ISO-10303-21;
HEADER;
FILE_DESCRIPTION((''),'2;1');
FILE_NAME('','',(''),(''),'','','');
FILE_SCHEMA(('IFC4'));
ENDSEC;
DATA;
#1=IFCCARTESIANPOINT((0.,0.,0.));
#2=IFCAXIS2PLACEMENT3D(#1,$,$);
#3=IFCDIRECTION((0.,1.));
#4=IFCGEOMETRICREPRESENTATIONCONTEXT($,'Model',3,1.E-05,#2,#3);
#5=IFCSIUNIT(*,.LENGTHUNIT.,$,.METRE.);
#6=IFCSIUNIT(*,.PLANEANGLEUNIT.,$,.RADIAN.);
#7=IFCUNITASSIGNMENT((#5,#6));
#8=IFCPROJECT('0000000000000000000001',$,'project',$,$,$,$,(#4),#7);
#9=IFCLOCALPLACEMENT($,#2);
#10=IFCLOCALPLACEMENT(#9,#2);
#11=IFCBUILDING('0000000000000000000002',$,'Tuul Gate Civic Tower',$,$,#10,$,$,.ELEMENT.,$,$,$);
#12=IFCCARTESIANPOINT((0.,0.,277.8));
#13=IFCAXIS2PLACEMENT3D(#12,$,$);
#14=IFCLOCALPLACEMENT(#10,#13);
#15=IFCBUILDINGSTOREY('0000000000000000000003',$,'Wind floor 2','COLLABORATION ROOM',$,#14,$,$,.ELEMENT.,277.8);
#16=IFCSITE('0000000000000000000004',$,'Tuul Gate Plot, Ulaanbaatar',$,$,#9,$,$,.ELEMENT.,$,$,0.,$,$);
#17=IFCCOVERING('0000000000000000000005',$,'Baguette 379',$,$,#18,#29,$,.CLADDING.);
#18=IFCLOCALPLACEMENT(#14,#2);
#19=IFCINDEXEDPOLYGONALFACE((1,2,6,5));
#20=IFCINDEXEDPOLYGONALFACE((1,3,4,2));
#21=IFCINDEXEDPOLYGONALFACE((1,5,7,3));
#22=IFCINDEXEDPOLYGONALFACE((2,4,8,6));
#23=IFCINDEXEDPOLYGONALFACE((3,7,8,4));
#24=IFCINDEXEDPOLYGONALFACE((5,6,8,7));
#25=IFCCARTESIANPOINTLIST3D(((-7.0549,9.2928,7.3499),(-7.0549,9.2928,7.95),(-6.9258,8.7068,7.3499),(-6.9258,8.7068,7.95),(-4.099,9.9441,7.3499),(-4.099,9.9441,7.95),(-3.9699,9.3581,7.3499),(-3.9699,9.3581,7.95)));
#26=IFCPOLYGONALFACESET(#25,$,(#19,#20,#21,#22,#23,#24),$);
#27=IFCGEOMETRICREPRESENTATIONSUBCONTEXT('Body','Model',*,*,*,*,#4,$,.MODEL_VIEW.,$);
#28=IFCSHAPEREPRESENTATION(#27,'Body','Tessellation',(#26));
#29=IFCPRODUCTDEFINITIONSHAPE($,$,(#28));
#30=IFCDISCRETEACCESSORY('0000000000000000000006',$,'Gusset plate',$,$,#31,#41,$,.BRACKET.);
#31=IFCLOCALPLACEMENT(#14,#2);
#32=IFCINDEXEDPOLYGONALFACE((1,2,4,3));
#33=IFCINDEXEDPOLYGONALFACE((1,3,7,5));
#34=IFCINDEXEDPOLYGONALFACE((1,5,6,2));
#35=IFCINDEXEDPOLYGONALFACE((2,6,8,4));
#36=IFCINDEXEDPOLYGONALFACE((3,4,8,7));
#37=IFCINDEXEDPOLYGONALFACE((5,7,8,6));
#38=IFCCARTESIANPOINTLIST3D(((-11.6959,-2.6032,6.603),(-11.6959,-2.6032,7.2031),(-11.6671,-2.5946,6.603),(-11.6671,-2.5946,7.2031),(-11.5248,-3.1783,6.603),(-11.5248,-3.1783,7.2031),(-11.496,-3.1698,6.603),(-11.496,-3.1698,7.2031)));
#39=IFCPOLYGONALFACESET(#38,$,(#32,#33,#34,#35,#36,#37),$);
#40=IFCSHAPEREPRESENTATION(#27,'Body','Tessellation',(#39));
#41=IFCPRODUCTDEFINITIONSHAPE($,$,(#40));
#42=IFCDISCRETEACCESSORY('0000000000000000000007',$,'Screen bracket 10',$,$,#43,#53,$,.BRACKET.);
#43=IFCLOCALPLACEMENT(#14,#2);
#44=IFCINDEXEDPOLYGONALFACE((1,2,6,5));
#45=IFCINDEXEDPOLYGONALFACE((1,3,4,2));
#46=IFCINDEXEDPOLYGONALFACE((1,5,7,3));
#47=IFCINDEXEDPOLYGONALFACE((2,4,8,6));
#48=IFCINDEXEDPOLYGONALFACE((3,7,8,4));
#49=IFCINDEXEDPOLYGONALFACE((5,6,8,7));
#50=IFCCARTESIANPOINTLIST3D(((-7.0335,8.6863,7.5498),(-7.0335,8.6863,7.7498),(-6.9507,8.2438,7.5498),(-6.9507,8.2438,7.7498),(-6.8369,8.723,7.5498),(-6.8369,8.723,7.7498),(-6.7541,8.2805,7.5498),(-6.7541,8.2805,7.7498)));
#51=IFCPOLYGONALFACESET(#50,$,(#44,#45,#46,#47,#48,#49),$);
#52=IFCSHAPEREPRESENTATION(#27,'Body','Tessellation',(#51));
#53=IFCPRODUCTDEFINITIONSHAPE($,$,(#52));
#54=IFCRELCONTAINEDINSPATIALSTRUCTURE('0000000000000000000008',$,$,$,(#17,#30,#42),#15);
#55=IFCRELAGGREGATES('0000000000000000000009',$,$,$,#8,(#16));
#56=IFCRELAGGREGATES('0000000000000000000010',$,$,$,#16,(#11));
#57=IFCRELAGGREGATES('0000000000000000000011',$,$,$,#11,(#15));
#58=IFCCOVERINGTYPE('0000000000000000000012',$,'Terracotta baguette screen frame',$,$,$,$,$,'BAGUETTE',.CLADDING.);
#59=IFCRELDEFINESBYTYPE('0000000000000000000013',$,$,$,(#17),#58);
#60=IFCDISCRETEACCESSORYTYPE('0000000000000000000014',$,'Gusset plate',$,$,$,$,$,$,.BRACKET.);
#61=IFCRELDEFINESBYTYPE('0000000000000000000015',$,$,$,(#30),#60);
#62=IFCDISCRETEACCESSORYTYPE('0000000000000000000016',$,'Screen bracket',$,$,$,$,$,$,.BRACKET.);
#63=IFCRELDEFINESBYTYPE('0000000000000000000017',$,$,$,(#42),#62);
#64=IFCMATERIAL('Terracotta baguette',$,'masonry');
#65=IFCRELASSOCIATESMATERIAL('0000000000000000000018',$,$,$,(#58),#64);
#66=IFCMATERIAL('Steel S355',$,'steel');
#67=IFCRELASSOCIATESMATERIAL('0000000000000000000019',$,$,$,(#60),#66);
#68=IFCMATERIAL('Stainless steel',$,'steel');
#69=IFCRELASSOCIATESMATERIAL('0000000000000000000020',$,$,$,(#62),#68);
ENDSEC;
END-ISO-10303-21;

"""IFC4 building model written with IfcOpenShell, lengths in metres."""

from ifc_helpers import new_model, si_unit, direction, frame, origin, origin_2d, place, context, subcontext, project, spatial, rectangle, extrude, material, material_profile, profile_set, type_object, element, save


model = new_model("IFC4")

# Units and contexts
model_context = context("Model", 3, precision=1e-05, world=origin(), true_north=direction((0.0, 1.0)))
body_context = subcontext(model_context, "Body", "Model", "MODEL_VIEW")
ifc_project = project(units=[si_unit("LENGTHUNIT", "METRE"), si_unit("PLANEANGLEUNIT", "RADIAN")], contexts=[model_context])

# Site, building, storey
site_placement = place(None, origin())
site = spatial("IfcSite", under=ifc_project, at=site_placement, Name="Tuul Gate Plot, Ulaanbaatar", CompositionType="ELEMENT", RefElevation=0.0)
building_placement = place(site_placement, origin())
building = spatial("IfcBuilding", under=site, at=building_placement, Name="Tuul Gate Civic Tower", CompositionType="ELEMENT")
storey_placement = place(building_placement, frame((0.0, 0.0, 277.8)))
storey = spatial("IfcBuildingStorey", under=building, at=storey_placement, Name="Wind floor 2", Description="COLLABORATION ROOM", CompositionType="ELEMENT", Elevation=277.8)

# Covering
ifc_material_1 = material(Name="Terracotta baguette", Category="masonry")
ifc_material_profile_1 = material_profile(ifc_material_1, rectangle(XDim=0.6001, YDim=0.6001, at=origin_2d()), Name="Terracotta baguette screen frame")
ifc_profile_set_1 = profile_set([ifc_material_profile_1], Name="Terracotta baguette")
covering_type = type_object("IfcCoveringType", Name="Terracotta baguette screen frame", ElementType="BAGUETTE", PredefinedType="CLADDING", material=ifc_profile_set_1)
covering_1_placement = place(storey_placement, frame((-4.0344, 9.6511, 7.6499), z_axis=(-0.976573, -0.215188, 0.0), x_axis=(0.215188, -0.976573, 0.0)))
element("IfcCovering", 1, at=covering_1_placement, inside=storey, type_object=covering_type, Name="Baguette 379", PredefinedType="CLADDING", context=body_context, shape_type="SweptSolid", body=[
    extrude(rectangle(XDim=0.6001, YDim=0.6001, at=origin_2d()), origin(), (0.0, 0.0, 1.0), 3.0269),
])

# Discrete accessories
ifc_material_2 = material(Name="Steel S355", Category="steel")
discrete_accessory_type_1 = type_object("IfcDiscreteAccessoryType", Name="Gusset plate", PredefinedType="BRACKET", material=ifc_material_2)
discrete_accessory_1_placement = place(storey_placement, frame((-11.5959, -2.8865, 6.603), z_axis=(0.0, 0.0, 1.0), x_axis=(-0.285169, 0.958477, 0.0)))
element("IfcDiscreteAccessory", 2, at=discrete_accessory_1_placement, inside=storey, type_object=discrete_accessory_type_1, Name="Gusset plate", PredefinedType="BRACKET", context=body_context, shape_type="SweptSolid", body=[
    extrude(rectangle(XDim=0.6001, YDim=0.03, at=origin_2d()), origin(), (0.0, 0.0, 1.0), 0.6001),
])
ifc_material_3 = material(Name="Stainless steel", Category="steel")
discrete_accessory_type_2 = type_object("IfcDiscreteAccessoryType", Name="Screen bracket", PredefinedType="BRACKET", material=ifc_material_3)
discrete_accessory_2_placement = place(storey_placement, frame((-6.8938, 8.4834, 7.5498), z_axis=(0.0, 0.0, 1.0), x_axis=(-0.183855, 0.982953, 0.0)))
element("IfcDiscreteAccessory", 3, at=discrete_accessory_2_placement, inside=storey, type_object=discrete_accessory_type_2, Name="Screen bracket 10", PredefinedType="BRACKET", context=body_context, shape_type="SweptSolid", body=[
    extrude(rectangle(XDim=0.4502, YDim=0.2, at=origin_2d()), origin(), (0.0, 0.0, 1.0), 0.2),
])

save(model, "model.ifc")
